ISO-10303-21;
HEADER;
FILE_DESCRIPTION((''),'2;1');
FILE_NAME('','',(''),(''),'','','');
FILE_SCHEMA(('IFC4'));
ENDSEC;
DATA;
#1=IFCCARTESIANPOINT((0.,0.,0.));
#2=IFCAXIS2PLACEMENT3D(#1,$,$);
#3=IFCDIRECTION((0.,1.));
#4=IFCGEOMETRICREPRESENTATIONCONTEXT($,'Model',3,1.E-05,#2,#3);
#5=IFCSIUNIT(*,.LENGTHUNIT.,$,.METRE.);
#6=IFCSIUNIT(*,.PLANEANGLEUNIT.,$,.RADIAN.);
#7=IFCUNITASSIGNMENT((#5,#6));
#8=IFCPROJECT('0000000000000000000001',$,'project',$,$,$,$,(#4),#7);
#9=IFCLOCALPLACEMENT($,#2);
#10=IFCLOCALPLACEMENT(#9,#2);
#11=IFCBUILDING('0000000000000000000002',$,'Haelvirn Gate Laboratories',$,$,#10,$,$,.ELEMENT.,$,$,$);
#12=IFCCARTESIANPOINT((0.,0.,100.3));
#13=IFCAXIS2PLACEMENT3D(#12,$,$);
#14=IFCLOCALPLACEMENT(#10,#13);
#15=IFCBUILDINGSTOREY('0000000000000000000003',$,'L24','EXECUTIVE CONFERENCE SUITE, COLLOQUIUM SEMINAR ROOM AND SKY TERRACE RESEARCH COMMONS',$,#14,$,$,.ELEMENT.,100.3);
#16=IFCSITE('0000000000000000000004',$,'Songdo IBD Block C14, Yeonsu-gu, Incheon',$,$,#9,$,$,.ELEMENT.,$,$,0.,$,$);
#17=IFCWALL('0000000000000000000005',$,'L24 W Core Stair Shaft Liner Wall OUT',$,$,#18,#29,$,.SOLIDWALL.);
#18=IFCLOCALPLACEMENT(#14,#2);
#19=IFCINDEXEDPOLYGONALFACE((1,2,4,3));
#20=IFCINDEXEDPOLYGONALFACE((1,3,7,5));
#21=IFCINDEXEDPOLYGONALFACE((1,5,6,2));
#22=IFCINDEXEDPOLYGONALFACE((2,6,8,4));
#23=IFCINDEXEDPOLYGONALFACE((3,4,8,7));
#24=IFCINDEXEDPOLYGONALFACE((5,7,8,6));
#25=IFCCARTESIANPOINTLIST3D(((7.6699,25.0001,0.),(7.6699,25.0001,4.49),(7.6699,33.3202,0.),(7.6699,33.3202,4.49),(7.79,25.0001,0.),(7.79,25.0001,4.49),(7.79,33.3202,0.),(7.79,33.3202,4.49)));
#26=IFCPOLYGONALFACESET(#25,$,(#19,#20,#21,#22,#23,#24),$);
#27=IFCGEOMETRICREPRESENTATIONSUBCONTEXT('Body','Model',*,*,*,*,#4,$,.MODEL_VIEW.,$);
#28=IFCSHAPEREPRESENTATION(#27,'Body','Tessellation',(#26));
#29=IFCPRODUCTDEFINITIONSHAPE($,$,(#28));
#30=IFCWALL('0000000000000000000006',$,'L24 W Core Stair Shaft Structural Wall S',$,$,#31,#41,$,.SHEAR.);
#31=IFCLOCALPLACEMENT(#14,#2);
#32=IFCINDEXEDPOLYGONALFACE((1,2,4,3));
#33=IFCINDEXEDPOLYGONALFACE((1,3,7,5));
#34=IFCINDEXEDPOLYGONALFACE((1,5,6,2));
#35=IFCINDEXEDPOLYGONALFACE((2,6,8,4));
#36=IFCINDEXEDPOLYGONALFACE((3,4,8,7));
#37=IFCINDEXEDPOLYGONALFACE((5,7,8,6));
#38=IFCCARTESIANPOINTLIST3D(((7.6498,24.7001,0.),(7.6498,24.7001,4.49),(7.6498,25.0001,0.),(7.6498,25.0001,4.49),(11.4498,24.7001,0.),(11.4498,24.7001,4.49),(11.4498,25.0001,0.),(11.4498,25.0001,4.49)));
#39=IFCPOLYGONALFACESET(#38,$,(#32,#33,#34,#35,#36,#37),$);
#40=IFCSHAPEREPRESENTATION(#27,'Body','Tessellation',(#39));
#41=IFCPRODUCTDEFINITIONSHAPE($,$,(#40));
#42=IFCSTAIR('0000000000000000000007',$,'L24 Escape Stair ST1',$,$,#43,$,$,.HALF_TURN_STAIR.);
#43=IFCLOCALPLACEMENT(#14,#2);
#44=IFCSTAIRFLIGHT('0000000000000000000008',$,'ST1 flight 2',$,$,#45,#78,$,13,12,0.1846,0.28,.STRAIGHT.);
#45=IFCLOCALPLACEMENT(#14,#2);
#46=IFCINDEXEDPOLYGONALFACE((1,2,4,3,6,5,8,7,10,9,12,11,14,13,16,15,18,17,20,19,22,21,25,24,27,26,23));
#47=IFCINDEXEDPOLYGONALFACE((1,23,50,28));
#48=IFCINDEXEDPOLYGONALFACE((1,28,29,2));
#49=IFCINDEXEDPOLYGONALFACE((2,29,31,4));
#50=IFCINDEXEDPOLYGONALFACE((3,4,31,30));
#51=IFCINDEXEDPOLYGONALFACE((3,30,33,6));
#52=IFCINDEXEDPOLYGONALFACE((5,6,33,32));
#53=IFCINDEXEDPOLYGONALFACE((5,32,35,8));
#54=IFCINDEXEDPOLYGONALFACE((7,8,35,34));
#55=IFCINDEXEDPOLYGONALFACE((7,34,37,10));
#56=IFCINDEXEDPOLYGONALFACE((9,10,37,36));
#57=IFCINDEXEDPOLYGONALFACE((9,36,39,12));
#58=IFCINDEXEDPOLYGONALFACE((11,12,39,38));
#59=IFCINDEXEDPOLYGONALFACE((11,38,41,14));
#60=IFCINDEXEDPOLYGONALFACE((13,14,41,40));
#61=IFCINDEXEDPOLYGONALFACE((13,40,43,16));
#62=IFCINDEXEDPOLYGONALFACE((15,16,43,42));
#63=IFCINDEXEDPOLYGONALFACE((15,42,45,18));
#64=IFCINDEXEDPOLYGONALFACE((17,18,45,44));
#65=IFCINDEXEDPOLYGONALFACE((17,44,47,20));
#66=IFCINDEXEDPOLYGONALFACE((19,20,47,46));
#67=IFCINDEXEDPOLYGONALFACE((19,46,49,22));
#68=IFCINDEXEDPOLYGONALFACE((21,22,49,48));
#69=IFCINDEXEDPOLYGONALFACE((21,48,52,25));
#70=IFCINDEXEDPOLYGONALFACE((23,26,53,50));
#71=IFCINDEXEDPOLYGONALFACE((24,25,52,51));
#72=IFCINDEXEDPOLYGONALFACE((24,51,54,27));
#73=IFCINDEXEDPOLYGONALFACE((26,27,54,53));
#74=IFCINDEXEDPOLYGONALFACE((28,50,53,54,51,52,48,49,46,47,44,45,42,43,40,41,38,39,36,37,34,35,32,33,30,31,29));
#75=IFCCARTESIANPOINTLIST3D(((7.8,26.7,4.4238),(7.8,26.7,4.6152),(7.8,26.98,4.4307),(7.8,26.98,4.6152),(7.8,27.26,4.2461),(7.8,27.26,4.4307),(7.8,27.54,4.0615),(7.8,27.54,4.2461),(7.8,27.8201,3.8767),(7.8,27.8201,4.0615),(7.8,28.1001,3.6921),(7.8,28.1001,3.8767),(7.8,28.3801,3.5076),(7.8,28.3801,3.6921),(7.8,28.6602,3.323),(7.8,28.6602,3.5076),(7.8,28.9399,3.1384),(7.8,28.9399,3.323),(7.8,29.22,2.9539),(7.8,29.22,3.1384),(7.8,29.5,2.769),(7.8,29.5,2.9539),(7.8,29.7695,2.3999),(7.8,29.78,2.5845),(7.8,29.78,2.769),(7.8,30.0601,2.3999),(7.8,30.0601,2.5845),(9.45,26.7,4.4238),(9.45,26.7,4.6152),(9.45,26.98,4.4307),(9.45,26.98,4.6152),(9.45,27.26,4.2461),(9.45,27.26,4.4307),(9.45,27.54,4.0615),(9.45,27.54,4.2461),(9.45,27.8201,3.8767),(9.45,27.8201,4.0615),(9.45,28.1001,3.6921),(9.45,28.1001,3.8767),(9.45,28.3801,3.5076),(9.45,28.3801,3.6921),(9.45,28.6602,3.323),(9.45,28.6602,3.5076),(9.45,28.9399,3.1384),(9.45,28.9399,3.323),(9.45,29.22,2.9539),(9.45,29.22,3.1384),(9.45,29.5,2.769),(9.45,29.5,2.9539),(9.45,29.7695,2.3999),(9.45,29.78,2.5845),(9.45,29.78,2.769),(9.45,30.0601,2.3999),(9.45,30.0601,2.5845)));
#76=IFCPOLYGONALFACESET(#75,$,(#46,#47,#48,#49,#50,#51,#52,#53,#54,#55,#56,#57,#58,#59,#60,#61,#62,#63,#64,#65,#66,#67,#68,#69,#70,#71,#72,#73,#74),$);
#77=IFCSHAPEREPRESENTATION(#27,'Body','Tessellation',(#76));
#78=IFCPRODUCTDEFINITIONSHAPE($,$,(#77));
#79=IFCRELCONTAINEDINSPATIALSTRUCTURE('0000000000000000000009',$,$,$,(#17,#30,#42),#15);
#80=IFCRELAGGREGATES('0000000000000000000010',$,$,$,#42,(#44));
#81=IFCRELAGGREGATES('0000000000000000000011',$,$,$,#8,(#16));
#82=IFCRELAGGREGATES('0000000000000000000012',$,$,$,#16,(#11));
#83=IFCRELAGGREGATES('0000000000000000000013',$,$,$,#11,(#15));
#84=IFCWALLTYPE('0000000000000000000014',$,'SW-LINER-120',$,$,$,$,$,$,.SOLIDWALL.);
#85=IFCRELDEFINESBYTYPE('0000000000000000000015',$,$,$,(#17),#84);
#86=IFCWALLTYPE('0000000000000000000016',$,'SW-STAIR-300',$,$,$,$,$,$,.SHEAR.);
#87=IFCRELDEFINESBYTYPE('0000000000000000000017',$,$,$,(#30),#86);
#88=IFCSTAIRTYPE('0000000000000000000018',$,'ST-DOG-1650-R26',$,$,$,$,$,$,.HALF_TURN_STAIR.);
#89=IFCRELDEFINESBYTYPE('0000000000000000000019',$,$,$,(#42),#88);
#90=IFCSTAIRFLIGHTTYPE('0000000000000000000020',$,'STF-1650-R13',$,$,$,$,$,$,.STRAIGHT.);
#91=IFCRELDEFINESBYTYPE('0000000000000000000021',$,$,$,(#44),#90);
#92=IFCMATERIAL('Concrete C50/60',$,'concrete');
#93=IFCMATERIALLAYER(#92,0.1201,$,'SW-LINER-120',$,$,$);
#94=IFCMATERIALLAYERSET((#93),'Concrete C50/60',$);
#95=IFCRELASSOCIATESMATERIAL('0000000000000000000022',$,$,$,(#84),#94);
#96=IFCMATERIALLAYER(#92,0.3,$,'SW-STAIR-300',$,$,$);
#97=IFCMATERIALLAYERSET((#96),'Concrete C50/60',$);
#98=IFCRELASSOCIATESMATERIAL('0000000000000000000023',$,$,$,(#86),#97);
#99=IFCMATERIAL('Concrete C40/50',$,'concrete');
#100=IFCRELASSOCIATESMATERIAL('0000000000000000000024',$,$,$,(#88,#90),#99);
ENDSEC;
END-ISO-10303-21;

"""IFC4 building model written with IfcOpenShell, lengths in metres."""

from ifc_helpers import new_model, si_unit, direction, frame, frame_2d, origin, place, context, subcontext, project, spatial, polyline, rectangle, outline, extrude, source, transform, mapped, material, layer, layer_set, type_object, type_shapes, element, aggregate, save


model = new_model("IFC4")

# Units and contexts
model_context = context("Model", 3, precision=1e-05, world=origin(), true_north=direction((0.0, 1.0)))
body_context = subcontext(model_context, "Body", "Model", "MODEL_VIEW")
ifc_project = project(units=[si_unit("LENGTHUNIT", "METRE"), si_unit("PLANEANGLEUNIT", "RADIAN")], contexts=[model_context])

# Site, building, storey
site_placement = place(None, origin())
site = spatial("IfcSite", under=ifc_project, at=site_placement, Name="Songdo IBD Block C14, Yeonsu-gu, Incheon", CompositionType="ELEMENT", RefElevation=0.0)
building_placement = place(site_placement, origin())
building = spatial("IfcBuilding", under=site, at=building_placement, Name="Haelvirn Gate Laboratories", CompositionType="ELEMENT")
storey_placement = place(building_placement, frame((0.0, 0.0, 100.3)))
storey = spatial("IfcBuildingStorey", under=building, at=storey_placement, Name="L24", Description="EXECUTIVE CONFERENCE SUITE, COLLOQUIUM SEMINAR ROOM AND SKY TERRACE RESEARCH COMMONS", CompositionType="ELEMENT", Elevation=100.3)

# Shared definitions
ifc_material_1 = material(Name="Concrete C40/50", Category="concrete")

# Walls
ifc_material_2 = material(Name="Concrete C50/60", Category="concrete")
ifc_layer_1 = layer(ifc_material_2, 0.1201, Name="SW-LINER-120")
ifc_layer_set_1 = layer_set([ifc_layer_1], Name="Concrete C50/60")
wall_type_1 = type_object("IfcWallType", Name="SW-LINER-120", PredefinedType="SOLIDWALL", material=ifc_layer_set_1)
wall_1_placement = place(storey_placement, frame((7.73, 25.0, 0.0), z_axis=(0.0, 0.0, 1.0), x_axis=(0.0, 1.0, 0.0)))
element("IfcWall", 1, at=wall_1_placement, inside=storey, type_object=wall_type_1, Name="L24 W Core Stair Shaft Liner Wall OUT", PredefinedType="SOLIDWALL", context=body_context, shape_type="SweptSolid", body=[
    extrude(rectangle(XDim=8.3201, YDim=0.1201, at=frame_2d((4.1602, 0.0))), origin(), (0.0, 0.0, 1.0), 4.49),
])
ifc_layer_2 = layer(ifc_material_2, 0.3, Name="SW-STAIR-300")
ifc_layer_set_2 = layer_set([ifc_layer_2], Name="Concrete C50/60")
wall_type_2 = type_object("IfcWallType", Name="SW-STAIR-300", PredefinedType="SHEAR", material=ifc_layer_set_2)
wall_2_placement = place(storey_placement, frame((7.6499, 24.8501, 0.0), z_axis=(0.0, 0.0, 1.0), x_axis=(1.0, 0.0, 0.0)))
element("IfcWall", 2, at=wall_2_placement, inside=storey, type_object=wall_type_2, Name="L24 W Core Stair Shaft Structural Wall S", PredefinedType="SHEAR", context=body_context, shape_type="SweptSolid", body=[
    extrude(rectangle(XDim=3.8, YDim=0.3, at=frame_2d((1.8999, 0.0))), origin(), (0.0, 0.0, 1.0), 4.49),
])

# Stair, stair flight
stair_type = type_object("IfcStairType", Name="ST-DOG-1650-R26", PredefinedType="HALF_TURN_STAIR", material=ifc_material_1)
stair_placement = place(storey_placement, origin())
stair = element("IfcStair", 3, at=stair_placement, inside=storey, type_object=stair_type, Name="L24 Escape Stair ST1", PredefinedType="HALF_TURN_STAIR")
stair_flight_type = type_object("IfcStairFlightType", Name="STF-1650-R13", PredefinedType="STRAIGHT", material=ifc_material_1)
shared_shape_1 = source(origin(), body_context, "Body", "SweptSolid", [
    extrude(outline(polyline([(0.0, 0.0), (0.0, 0.1846), (0.28, 0.1846), (0.28, 0.3691), (0.5601, 0.3691), (0.5601, 0.554), (0.8401, 0.554), (0.8401, 0.7385), (1.1201, 0.7385), (1.1201, 0.9231), (1.3999, 0.9231), (1.3999, 1.1077), (1.6799, 1.1077), (1.6799, 1.2922), (1.96, 1.2922), (1.96, 1.4768), (2.24, 1.4768), (2.24, 1.6616), (2.52, 1.6616), (2.52, 1.8462), (2.8, 1.8462), (2.8, 2.0308), (3.0801, 2.0308), (3.0801, 2.2153), (3.3601, 2.2153), (3.3601, 2.3999), (3.3601, 2.0239), (0.2905, 0.0), (0.0, 0.0)])), frame((0.0, 0.825, 0.0), z_axis=(0.0, -1.0, 0.0), x_axis=(1.0, 0.0, 0.0)), (0.0, 0.0, 1.0), 1.6499),
])
type_shapes(stair_flight_type, [shared_shape_1])
stair_flight_placement = place(storey_placement, frame((8.625, 30.0601, 2.3999), z_axis=(0.0, 0.0, 1.0), x_axis=(0.0, -1.0, 0.0)))
stair_flight = element("IfcStairFlight", 4, at=stair_flight_placement, type_object=stair_flight_type, Name="ST1 flight 2", NumberOfRisers=13, NumberOfTreads=12, PredefinedType="STRAIGHT", RiserHeight=0.1846, TreadLength=0.28, context=body_context, shape_type="MappedRepresentation", body=[
    mapped(shared_shape_1, transform((0.0, 0.0, 0.0), scale=1.0)),
])
aggregate(stair, [stair_flight])

save(model, "model.ifc")
